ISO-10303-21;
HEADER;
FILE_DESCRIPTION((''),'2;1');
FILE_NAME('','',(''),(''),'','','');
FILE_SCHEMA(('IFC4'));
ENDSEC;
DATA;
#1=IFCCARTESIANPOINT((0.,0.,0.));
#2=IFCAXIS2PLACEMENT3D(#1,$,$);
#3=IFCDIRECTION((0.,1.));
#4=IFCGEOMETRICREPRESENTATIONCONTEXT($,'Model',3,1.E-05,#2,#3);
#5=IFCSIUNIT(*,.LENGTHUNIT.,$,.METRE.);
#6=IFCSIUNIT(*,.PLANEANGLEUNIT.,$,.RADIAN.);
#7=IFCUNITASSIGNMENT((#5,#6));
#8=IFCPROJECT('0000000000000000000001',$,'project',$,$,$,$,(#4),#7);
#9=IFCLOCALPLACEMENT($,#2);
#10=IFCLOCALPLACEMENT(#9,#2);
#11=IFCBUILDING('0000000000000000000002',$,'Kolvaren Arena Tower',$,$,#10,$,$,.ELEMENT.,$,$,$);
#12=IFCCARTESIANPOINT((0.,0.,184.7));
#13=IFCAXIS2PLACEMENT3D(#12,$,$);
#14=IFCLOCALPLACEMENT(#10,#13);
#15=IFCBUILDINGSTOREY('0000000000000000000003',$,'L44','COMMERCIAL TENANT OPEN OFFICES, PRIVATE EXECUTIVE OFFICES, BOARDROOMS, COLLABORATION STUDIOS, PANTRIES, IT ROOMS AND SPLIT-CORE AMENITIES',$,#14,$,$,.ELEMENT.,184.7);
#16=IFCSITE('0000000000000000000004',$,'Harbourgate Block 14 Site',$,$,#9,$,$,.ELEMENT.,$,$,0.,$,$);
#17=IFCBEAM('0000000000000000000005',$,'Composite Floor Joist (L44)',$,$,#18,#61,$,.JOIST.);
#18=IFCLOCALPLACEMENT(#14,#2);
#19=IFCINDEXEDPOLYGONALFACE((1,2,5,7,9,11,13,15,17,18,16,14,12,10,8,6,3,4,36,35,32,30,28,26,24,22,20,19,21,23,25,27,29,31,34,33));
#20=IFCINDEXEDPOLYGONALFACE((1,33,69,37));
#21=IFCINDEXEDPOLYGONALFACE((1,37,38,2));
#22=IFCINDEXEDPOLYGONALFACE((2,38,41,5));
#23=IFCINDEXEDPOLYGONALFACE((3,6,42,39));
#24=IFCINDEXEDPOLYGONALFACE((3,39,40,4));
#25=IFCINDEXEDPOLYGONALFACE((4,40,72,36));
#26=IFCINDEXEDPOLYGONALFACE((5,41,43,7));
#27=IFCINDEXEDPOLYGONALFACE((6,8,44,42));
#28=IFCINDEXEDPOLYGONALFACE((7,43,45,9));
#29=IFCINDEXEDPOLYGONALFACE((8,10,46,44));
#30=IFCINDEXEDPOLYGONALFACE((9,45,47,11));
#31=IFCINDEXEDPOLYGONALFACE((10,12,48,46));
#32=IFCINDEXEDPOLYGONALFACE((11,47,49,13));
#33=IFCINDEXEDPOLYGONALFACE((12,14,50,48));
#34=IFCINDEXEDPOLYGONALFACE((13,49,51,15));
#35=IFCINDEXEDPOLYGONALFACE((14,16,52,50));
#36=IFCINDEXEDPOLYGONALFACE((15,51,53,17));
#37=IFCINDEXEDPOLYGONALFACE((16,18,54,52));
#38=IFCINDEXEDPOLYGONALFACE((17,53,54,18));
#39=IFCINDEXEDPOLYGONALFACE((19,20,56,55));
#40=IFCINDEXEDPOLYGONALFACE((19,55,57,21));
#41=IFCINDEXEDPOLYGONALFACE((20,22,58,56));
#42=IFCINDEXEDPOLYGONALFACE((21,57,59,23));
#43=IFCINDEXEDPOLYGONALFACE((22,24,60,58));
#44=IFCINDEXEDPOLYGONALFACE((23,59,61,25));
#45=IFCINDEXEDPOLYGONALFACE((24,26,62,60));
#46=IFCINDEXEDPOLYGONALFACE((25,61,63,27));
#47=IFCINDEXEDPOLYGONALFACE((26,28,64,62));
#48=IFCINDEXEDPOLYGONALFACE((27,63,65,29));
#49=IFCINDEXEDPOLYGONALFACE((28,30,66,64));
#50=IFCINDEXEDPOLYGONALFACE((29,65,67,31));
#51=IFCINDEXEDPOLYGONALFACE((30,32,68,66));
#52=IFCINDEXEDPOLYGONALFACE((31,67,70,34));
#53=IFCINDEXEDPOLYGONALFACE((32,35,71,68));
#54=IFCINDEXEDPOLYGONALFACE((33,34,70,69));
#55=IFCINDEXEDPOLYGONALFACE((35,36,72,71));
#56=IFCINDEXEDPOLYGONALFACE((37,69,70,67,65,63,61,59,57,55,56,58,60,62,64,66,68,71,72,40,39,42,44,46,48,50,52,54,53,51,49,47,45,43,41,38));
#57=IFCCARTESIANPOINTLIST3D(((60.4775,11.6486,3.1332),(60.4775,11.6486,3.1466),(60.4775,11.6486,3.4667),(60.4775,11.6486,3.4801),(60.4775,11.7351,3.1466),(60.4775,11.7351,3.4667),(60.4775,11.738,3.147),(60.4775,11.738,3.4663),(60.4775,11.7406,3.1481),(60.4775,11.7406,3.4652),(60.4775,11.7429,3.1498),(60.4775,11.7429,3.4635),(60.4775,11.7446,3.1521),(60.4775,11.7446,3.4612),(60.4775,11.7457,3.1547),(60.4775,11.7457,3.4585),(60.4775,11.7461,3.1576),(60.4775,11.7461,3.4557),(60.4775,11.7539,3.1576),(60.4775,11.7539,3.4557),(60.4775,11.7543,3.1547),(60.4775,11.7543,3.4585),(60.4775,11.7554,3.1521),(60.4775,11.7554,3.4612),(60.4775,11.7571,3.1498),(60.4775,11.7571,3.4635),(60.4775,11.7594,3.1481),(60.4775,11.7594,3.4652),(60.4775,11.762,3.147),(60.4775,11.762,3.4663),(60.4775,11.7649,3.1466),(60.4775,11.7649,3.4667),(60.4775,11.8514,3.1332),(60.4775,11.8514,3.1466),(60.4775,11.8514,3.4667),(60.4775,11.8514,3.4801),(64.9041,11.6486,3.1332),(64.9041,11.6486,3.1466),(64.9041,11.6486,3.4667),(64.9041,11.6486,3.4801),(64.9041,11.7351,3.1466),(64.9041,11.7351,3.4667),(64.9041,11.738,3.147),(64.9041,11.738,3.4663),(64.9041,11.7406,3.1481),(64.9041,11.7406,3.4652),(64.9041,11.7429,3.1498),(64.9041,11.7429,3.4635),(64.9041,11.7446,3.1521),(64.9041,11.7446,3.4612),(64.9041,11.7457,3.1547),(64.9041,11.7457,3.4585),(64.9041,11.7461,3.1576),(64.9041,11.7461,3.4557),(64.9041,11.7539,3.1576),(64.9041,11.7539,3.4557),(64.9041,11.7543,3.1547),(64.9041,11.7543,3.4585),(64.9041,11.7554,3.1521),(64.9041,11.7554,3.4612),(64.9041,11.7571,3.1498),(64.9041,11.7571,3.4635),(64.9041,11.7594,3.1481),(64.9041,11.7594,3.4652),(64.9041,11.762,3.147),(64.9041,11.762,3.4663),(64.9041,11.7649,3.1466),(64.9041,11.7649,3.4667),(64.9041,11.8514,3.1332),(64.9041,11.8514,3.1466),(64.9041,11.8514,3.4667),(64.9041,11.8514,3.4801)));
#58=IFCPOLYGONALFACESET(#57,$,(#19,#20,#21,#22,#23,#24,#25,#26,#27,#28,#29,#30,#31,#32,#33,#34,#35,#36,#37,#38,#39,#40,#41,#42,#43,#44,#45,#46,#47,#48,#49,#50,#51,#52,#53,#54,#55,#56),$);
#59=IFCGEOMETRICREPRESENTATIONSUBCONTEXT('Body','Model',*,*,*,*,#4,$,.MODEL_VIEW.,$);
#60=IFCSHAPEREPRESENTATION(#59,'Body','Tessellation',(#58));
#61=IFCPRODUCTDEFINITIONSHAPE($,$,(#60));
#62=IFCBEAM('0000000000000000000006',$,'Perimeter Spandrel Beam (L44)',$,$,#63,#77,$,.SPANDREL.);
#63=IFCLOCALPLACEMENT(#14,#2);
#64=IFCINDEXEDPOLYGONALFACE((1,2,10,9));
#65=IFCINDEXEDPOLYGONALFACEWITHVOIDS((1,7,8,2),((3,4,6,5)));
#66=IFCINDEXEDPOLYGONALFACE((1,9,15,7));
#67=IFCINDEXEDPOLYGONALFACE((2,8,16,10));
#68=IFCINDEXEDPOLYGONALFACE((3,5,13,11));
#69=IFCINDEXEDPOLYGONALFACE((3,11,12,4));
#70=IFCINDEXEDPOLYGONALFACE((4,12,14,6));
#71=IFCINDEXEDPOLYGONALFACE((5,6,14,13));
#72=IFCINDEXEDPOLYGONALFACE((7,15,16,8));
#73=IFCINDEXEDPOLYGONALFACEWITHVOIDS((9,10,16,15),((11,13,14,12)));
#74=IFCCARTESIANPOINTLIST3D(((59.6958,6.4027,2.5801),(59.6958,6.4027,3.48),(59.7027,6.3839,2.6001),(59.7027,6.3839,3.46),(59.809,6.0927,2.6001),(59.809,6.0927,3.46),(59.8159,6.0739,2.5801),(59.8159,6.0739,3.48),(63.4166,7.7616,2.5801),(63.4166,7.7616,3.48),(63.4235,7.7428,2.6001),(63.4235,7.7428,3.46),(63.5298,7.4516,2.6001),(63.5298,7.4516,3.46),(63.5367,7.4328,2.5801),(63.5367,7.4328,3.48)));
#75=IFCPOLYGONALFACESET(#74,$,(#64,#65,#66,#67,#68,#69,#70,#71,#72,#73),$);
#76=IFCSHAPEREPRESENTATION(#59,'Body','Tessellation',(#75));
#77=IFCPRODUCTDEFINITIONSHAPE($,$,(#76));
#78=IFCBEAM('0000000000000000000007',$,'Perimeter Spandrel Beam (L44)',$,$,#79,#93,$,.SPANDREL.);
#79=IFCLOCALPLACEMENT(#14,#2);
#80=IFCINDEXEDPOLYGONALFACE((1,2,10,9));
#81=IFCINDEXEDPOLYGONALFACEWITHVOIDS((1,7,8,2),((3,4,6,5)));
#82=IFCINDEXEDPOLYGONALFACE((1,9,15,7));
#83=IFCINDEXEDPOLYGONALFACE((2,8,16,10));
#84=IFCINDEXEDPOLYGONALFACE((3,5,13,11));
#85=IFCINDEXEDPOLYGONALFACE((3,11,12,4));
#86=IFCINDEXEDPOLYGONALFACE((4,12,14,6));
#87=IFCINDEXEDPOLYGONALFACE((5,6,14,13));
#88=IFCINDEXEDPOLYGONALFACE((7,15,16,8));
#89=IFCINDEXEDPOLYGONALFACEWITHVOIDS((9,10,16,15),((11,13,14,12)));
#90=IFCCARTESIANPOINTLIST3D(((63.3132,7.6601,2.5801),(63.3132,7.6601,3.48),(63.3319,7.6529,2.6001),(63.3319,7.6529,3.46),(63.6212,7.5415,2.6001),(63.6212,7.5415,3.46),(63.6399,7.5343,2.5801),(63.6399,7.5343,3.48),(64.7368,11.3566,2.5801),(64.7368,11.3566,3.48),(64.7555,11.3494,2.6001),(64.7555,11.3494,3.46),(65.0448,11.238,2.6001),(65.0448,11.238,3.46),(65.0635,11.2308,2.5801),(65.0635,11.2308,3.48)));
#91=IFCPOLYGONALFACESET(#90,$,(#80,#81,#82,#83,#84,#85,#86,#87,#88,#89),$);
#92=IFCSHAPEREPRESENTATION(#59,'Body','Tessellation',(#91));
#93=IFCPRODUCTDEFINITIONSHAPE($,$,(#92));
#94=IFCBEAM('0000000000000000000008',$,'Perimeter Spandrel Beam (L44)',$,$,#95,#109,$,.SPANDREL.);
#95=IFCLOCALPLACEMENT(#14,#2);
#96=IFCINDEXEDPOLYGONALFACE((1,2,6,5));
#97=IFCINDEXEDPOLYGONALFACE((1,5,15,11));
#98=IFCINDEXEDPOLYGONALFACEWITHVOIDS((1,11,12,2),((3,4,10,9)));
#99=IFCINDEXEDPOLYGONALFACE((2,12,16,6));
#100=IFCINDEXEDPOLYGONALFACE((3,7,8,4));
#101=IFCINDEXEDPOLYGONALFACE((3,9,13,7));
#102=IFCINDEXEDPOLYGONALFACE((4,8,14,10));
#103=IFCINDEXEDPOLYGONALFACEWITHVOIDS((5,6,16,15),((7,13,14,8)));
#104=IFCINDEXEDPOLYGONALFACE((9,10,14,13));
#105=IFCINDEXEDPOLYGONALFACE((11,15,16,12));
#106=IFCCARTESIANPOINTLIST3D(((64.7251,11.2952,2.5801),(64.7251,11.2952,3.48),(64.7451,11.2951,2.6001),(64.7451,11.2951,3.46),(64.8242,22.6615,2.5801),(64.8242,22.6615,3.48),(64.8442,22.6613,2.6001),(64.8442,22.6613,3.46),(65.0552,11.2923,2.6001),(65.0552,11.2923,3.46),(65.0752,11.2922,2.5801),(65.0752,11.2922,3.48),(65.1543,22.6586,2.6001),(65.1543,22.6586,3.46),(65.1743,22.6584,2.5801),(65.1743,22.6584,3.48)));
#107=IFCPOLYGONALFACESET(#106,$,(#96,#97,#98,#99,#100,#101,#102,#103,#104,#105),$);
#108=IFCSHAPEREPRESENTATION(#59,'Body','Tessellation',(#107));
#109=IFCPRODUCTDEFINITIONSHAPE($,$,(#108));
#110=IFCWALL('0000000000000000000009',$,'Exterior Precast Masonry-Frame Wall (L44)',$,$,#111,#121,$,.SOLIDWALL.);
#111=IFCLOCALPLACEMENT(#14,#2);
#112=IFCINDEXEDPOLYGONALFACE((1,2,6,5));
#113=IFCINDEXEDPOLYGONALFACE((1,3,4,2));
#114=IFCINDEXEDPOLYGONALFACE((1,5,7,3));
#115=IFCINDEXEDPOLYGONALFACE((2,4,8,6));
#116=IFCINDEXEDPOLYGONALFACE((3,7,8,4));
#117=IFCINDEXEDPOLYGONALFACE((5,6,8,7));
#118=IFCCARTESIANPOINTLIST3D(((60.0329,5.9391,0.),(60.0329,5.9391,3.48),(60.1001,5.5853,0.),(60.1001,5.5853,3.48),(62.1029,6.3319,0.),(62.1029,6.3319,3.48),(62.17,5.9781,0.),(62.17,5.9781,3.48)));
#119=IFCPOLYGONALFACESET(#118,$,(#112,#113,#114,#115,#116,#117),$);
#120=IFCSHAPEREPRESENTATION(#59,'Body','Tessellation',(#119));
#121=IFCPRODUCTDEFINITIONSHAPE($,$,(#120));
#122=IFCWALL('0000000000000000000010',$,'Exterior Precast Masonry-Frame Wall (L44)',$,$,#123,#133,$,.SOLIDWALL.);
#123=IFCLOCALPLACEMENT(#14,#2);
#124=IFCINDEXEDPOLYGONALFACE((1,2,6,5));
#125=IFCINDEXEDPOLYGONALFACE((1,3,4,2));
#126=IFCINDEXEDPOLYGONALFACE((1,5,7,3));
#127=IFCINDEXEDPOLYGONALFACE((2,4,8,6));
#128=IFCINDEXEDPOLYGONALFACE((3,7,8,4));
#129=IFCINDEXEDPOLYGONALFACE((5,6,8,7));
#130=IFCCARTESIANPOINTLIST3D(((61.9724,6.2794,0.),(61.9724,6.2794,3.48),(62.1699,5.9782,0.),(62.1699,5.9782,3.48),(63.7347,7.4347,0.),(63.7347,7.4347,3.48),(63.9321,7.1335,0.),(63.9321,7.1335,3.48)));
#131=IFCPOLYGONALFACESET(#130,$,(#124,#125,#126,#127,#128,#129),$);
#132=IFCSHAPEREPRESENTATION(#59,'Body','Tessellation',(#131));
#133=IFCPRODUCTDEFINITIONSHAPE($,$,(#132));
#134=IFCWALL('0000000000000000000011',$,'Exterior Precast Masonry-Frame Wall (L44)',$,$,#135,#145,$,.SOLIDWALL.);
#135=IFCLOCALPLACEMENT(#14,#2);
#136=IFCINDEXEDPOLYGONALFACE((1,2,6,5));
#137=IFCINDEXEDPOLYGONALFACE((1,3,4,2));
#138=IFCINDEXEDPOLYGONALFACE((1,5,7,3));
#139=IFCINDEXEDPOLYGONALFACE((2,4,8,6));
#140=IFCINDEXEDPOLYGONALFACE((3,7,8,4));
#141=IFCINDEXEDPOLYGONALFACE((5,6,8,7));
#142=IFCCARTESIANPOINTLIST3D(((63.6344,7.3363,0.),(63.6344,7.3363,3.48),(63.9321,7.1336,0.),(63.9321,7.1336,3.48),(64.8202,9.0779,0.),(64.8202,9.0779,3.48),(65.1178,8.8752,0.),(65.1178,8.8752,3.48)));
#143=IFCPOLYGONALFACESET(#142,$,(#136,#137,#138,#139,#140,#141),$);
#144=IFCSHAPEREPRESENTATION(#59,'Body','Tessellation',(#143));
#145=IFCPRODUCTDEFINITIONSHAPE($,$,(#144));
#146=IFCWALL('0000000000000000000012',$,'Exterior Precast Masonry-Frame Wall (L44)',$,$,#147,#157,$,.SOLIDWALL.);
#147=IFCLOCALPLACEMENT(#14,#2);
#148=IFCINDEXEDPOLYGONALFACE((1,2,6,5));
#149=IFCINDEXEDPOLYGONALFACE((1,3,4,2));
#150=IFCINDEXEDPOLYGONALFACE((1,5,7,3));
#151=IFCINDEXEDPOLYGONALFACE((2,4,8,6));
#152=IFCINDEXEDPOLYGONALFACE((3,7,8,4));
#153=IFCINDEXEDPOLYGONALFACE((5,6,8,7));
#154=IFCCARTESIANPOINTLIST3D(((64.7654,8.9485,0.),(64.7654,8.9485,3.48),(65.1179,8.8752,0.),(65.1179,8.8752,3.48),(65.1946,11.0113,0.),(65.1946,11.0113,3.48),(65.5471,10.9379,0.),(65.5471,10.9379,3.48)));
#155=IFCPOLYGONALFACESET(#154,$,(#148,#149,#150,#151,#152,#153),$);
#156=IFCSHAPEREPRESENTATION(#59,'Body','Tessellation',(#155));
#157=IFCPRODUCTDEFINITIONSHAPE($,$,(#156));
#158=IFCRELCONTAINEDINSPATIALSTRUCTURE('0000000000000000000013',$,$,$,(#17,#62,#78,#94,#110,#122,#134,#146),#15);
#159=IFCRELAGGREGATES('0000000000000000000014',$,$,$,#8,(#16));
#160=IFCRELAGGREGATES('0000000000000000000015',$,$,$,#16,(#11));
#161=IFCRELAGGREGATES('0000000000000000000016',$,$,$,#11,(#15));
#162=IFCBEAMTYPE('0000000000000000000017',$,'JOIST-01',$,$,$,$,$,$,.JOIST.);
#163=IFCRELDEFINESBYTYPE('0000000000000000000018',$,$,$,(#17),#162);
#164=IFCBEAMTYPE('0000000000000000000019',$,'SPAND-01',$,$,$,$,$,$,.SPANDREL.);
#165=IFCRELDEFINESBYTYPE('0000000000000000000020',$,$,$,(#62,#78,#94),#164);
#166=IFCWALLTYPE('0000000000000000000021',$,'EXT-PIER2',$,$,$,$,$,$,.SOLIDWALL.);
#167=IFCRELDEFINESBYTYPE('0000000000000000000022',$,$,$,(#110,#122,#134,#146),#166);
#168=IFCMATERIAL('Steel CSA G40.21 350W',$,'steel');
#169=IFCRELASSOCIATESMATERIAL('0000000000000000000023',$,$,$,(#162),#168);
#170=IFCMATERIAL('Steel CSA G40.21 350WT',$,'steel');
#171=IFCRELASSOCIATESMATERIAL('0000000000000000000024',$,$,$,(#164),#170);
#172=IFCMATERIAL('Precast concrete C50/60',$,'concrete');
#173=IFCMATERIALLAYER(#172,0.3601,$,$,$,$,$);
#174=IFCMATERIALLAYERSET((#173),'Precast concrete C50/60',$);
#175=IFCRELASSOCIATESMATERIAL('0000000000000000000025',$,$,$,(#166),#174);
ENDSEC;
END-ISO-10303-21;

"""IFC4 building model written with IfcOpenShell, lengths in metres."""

from ifc_helpers import new_model, si_unit, direction, frame, frame_2d, origin, origin_2d, place, context, subcontext, project, spatial, rectangle, hollow_rectangle, i_section, extrude, material, layer, layer_set, material_profile, profile_set, type_object, element, save


model = new_model("IFC4")

# Units and contexts
model_context = context("Model", 3, precision=1e-05, world=origin(), true_north=direction((0.0, 1.0)))
body_context = subcontext(model_context, "Body", "Model", "MODEL_VIEW")
ifc_project = project(units=[si_unit("LENGTHUNIT", "METRE"), si_unit("PLANEANGLEUNIT", "RADIAN")], contexts=[model_context])

# Site, building, storey
site_placement = place(None, origin())
site = spatial("IfcSite", under=ifc_project, at=site_placement, Name="Harbourgate Block 14 Site", CompositionType="ELEMENT", RefElevation=0.0)
building_placement = place(site_placement, origin())
building = spatial("IfcBuilding", under=site, at=building_placement, Name="Kolvaren Arena Tower", CompositionType="ELEMENT")
storey_placement = place(building_placement, frame((0.0, 0.0, 184.7)))
storey = spatial("IfcBuildingStorey", under=building, at=storey_placement, Name="L44", Description="COMMERCIAL TENANT OPEN OFFICES, PRIVATE EXECUTIVE OFFICES, BOARDROOMS, COLLABORATION STUDIOS, PANTRIES, IT ROOMS AND SPLIT-CORE AMENITIES", CompositionType="ELEMENT", Elevation=184.7)

# Beams
ifc_material_1 = material(Name="Steel CSA G40.21 350W", Category="steel")
ifc_material_profile_1 = material_profile(ifc_material_1, i_section(OverallWidth=0.2029, OverallDepth=0.3469, WebThickness=0.0078, FlangeThickness=0.0134, FilletRadius=0.011, at=origin_2d()), Name="W360x64")
ifc_profile_set_1 = profile_set([ifc_material_profile_1], Name="Steel CSA G40.21 350W")
beam_type_1 = type_object("IfcBeamType", Name="JOIST-01", PredefinedType="JOIST", material=ifc_profile_set_1)
beam_1_placement = place(storey_placement, frame((60.4775, 11.75, 3.3066), z_axis=(1.0, 0.0, 0.0), x_axis=(0.0, 1.0, 0.0)))
element("IfcBeam", 1, at=beam_1_placement, inside=storey, type_object=beam_type_1, Name="Composite Floor Joist (L44)", PredefinedType="JOIST", context=body_context, shape_type="SweptSolid", body=[
    extrude(i_section(OverallWidth=0.2029, OverallDepth=0.3469, WebThickness=0.0078, FlangeThickness=0.0134, FilletRadius=0.011, at=origin_2d()), origin(), (0.0, 0.0, 1.0), 4.4265),
])
ifc_material_2 = material(Name="Steel CSA G40.21 350WT", Category="steel")
ifc_material_profile_2 = material_profile(ifc_material_2, hollow_rectangle(XDim=0.3501, YDim=0.8999, WallThickness=0.02, at=origin_2d()), Name="HSS 900x350x20")
ifc_profile_set_2 = profile_set([ifc_material_profile_2], Name="Steel CSA G40.21 350WT")
beam_type_2 = type_object("IfcBeamType", Name="SPAND-01", PredefinedType="SPANDREL", material=ifc_profile_set_2)
for number, where, z_axis, x_axis, name in (
    (2, (59.7559, 6.2383, 3.03), (0.939314, 0.343059, 0.0), (-0.343059, 0.939314, 0.0), "Perimeter Spandrel Beam (L44)"),
    (3, (63.4766, 7.5972, 3.03), (0.359384, 0.93319, 0.0), (-0.93319, 0.359384, 0.0), "Perimeter Spandrel Beam (L44)"),
):
    element("IfcBeam", number, at=place(storey_placement, frame(where, z_axis=z_axis, x_axis=x_axis)), inside=storey, type_object=beam_type_2, Name=name, PredefinedType="SPANDREL", context=body_context, shape_type="SweptSolid", body=[
        extrude(hollow_rectangle(XDim=0.3501, YDim=0.8999, WallThickness=0.02, at=origin_2d()), origin(), (0.0, 0.0, 1.0), 3.9612),
    ])
beam_2_placement = place(storey_placement, frame((64.9001, 11.2937, 3.03), z_axis=(0.00872, 0.999962, 0.0), x_axis=(-0.999962, 0.00872, 0.0)))
element("IfcBeam", 4, at=beam_2_placement, inside=storey, type_object=beam_type_2, Name="Perimeter Spandrel Beam (L44)", PredefinedType="SPANDREL", context=body_context, shape_type="SweptSolid", body=[
    extrude(hollow_rectangle(XDim=0.3501, YDim=0.8999, WallThickness=0.02, at=origin_2d()), origin(), (0.0, 0.0, 1.0), 11.3667),
])

# Walls
ifc_material_3 = material(Name="Precast concrete C50/60", Category="concrete")
ifc_layer_1 = layer(ifc_material_3, 0.3601)
ifc_layer_set_1 = layer_set([ifc_layer_1], Name="Precast concrete C50/60")
wall_type_1 = type_object("IfcWallType", Name="EXT-PIER2", PredefinedType="SOLIDWALL", material=ifc_layer_set_1)
wall_1_placement = place(storey_placement, frame((62.1365, 6.155, 0.0), z_axis=(0.0, 0.0, 1.0), x_axis=(-0.982467, -0.186436, 0.0)))
element("IfcWall", 5, at=wall_1_placement, inside=storey, type_object=wall_type_1, Name="Exterior Precast Masonry-Frame Wall (L44)", PredefinedType="SOLIDWALL", context=body_context, shape_type="SweptSolid", body=[
    extrude(rectangle(XDim=2.1069, YDim=0.3601, at=frame_2d((1.0535, 0.0))), origin(), (0.0, 0.0, 1.0), 3.48),
])
wall_2_placement = place(storey_placement, frame((63.8335, 7.2842, 0.0), z_axis=(0.0, 0.0, 1.0), x_axis=(-0.836304, -0.548267, 0.0)))
element("IfcWall", 6, at=wall_2_placement, inside=storey, type_object=wall_type_1, Name="Exterior Precast Masonry-Frame Wall (L44)", PredefinedType="SOLIDWALL", context=body_context, shape_type="SweptSolid", body=[
    extrude(rectangle(XDim=2.1072, YDim=0.3601, at=frame_2d((1.0537, 0.0))), origin(), (0.0, 0.0, 1.0), 3.48),
])
for number, where, z_axis, x_axis, name in (
    (7, (64.969, 8.9766, 0.0), (0.0, 0.0, 1.0), (-0.562776, -0.82661, 0.0), "Exterior Precast Masonry-Frame Wall (L44)"),
    (8, (65.3708, 10.9746, 0.0), (0.0, 0.0, 1.0), (-0.203709, -0.979031, 0.0), "Exterior Precast Masonry-Frame Wall (L44)"),
):
    element("IfcWall", number, at=place(storey_placement, frame(where, z_axis=z_axis, x_axis=x_axis)), inside=storey, type_object=wall_type_1, Name=name, PredefinedType="SOLIDWALL", context=body_context, shape_type="SweptSolid", body=[
        extrude(rectangle(XDim=2.1069, YDim=0.3601, at=frame_2d((1.0535, 0.0))), origin(), (0.0, 0.0, 1.0), 3.48),
    ])

save(model, "model.ifc")
